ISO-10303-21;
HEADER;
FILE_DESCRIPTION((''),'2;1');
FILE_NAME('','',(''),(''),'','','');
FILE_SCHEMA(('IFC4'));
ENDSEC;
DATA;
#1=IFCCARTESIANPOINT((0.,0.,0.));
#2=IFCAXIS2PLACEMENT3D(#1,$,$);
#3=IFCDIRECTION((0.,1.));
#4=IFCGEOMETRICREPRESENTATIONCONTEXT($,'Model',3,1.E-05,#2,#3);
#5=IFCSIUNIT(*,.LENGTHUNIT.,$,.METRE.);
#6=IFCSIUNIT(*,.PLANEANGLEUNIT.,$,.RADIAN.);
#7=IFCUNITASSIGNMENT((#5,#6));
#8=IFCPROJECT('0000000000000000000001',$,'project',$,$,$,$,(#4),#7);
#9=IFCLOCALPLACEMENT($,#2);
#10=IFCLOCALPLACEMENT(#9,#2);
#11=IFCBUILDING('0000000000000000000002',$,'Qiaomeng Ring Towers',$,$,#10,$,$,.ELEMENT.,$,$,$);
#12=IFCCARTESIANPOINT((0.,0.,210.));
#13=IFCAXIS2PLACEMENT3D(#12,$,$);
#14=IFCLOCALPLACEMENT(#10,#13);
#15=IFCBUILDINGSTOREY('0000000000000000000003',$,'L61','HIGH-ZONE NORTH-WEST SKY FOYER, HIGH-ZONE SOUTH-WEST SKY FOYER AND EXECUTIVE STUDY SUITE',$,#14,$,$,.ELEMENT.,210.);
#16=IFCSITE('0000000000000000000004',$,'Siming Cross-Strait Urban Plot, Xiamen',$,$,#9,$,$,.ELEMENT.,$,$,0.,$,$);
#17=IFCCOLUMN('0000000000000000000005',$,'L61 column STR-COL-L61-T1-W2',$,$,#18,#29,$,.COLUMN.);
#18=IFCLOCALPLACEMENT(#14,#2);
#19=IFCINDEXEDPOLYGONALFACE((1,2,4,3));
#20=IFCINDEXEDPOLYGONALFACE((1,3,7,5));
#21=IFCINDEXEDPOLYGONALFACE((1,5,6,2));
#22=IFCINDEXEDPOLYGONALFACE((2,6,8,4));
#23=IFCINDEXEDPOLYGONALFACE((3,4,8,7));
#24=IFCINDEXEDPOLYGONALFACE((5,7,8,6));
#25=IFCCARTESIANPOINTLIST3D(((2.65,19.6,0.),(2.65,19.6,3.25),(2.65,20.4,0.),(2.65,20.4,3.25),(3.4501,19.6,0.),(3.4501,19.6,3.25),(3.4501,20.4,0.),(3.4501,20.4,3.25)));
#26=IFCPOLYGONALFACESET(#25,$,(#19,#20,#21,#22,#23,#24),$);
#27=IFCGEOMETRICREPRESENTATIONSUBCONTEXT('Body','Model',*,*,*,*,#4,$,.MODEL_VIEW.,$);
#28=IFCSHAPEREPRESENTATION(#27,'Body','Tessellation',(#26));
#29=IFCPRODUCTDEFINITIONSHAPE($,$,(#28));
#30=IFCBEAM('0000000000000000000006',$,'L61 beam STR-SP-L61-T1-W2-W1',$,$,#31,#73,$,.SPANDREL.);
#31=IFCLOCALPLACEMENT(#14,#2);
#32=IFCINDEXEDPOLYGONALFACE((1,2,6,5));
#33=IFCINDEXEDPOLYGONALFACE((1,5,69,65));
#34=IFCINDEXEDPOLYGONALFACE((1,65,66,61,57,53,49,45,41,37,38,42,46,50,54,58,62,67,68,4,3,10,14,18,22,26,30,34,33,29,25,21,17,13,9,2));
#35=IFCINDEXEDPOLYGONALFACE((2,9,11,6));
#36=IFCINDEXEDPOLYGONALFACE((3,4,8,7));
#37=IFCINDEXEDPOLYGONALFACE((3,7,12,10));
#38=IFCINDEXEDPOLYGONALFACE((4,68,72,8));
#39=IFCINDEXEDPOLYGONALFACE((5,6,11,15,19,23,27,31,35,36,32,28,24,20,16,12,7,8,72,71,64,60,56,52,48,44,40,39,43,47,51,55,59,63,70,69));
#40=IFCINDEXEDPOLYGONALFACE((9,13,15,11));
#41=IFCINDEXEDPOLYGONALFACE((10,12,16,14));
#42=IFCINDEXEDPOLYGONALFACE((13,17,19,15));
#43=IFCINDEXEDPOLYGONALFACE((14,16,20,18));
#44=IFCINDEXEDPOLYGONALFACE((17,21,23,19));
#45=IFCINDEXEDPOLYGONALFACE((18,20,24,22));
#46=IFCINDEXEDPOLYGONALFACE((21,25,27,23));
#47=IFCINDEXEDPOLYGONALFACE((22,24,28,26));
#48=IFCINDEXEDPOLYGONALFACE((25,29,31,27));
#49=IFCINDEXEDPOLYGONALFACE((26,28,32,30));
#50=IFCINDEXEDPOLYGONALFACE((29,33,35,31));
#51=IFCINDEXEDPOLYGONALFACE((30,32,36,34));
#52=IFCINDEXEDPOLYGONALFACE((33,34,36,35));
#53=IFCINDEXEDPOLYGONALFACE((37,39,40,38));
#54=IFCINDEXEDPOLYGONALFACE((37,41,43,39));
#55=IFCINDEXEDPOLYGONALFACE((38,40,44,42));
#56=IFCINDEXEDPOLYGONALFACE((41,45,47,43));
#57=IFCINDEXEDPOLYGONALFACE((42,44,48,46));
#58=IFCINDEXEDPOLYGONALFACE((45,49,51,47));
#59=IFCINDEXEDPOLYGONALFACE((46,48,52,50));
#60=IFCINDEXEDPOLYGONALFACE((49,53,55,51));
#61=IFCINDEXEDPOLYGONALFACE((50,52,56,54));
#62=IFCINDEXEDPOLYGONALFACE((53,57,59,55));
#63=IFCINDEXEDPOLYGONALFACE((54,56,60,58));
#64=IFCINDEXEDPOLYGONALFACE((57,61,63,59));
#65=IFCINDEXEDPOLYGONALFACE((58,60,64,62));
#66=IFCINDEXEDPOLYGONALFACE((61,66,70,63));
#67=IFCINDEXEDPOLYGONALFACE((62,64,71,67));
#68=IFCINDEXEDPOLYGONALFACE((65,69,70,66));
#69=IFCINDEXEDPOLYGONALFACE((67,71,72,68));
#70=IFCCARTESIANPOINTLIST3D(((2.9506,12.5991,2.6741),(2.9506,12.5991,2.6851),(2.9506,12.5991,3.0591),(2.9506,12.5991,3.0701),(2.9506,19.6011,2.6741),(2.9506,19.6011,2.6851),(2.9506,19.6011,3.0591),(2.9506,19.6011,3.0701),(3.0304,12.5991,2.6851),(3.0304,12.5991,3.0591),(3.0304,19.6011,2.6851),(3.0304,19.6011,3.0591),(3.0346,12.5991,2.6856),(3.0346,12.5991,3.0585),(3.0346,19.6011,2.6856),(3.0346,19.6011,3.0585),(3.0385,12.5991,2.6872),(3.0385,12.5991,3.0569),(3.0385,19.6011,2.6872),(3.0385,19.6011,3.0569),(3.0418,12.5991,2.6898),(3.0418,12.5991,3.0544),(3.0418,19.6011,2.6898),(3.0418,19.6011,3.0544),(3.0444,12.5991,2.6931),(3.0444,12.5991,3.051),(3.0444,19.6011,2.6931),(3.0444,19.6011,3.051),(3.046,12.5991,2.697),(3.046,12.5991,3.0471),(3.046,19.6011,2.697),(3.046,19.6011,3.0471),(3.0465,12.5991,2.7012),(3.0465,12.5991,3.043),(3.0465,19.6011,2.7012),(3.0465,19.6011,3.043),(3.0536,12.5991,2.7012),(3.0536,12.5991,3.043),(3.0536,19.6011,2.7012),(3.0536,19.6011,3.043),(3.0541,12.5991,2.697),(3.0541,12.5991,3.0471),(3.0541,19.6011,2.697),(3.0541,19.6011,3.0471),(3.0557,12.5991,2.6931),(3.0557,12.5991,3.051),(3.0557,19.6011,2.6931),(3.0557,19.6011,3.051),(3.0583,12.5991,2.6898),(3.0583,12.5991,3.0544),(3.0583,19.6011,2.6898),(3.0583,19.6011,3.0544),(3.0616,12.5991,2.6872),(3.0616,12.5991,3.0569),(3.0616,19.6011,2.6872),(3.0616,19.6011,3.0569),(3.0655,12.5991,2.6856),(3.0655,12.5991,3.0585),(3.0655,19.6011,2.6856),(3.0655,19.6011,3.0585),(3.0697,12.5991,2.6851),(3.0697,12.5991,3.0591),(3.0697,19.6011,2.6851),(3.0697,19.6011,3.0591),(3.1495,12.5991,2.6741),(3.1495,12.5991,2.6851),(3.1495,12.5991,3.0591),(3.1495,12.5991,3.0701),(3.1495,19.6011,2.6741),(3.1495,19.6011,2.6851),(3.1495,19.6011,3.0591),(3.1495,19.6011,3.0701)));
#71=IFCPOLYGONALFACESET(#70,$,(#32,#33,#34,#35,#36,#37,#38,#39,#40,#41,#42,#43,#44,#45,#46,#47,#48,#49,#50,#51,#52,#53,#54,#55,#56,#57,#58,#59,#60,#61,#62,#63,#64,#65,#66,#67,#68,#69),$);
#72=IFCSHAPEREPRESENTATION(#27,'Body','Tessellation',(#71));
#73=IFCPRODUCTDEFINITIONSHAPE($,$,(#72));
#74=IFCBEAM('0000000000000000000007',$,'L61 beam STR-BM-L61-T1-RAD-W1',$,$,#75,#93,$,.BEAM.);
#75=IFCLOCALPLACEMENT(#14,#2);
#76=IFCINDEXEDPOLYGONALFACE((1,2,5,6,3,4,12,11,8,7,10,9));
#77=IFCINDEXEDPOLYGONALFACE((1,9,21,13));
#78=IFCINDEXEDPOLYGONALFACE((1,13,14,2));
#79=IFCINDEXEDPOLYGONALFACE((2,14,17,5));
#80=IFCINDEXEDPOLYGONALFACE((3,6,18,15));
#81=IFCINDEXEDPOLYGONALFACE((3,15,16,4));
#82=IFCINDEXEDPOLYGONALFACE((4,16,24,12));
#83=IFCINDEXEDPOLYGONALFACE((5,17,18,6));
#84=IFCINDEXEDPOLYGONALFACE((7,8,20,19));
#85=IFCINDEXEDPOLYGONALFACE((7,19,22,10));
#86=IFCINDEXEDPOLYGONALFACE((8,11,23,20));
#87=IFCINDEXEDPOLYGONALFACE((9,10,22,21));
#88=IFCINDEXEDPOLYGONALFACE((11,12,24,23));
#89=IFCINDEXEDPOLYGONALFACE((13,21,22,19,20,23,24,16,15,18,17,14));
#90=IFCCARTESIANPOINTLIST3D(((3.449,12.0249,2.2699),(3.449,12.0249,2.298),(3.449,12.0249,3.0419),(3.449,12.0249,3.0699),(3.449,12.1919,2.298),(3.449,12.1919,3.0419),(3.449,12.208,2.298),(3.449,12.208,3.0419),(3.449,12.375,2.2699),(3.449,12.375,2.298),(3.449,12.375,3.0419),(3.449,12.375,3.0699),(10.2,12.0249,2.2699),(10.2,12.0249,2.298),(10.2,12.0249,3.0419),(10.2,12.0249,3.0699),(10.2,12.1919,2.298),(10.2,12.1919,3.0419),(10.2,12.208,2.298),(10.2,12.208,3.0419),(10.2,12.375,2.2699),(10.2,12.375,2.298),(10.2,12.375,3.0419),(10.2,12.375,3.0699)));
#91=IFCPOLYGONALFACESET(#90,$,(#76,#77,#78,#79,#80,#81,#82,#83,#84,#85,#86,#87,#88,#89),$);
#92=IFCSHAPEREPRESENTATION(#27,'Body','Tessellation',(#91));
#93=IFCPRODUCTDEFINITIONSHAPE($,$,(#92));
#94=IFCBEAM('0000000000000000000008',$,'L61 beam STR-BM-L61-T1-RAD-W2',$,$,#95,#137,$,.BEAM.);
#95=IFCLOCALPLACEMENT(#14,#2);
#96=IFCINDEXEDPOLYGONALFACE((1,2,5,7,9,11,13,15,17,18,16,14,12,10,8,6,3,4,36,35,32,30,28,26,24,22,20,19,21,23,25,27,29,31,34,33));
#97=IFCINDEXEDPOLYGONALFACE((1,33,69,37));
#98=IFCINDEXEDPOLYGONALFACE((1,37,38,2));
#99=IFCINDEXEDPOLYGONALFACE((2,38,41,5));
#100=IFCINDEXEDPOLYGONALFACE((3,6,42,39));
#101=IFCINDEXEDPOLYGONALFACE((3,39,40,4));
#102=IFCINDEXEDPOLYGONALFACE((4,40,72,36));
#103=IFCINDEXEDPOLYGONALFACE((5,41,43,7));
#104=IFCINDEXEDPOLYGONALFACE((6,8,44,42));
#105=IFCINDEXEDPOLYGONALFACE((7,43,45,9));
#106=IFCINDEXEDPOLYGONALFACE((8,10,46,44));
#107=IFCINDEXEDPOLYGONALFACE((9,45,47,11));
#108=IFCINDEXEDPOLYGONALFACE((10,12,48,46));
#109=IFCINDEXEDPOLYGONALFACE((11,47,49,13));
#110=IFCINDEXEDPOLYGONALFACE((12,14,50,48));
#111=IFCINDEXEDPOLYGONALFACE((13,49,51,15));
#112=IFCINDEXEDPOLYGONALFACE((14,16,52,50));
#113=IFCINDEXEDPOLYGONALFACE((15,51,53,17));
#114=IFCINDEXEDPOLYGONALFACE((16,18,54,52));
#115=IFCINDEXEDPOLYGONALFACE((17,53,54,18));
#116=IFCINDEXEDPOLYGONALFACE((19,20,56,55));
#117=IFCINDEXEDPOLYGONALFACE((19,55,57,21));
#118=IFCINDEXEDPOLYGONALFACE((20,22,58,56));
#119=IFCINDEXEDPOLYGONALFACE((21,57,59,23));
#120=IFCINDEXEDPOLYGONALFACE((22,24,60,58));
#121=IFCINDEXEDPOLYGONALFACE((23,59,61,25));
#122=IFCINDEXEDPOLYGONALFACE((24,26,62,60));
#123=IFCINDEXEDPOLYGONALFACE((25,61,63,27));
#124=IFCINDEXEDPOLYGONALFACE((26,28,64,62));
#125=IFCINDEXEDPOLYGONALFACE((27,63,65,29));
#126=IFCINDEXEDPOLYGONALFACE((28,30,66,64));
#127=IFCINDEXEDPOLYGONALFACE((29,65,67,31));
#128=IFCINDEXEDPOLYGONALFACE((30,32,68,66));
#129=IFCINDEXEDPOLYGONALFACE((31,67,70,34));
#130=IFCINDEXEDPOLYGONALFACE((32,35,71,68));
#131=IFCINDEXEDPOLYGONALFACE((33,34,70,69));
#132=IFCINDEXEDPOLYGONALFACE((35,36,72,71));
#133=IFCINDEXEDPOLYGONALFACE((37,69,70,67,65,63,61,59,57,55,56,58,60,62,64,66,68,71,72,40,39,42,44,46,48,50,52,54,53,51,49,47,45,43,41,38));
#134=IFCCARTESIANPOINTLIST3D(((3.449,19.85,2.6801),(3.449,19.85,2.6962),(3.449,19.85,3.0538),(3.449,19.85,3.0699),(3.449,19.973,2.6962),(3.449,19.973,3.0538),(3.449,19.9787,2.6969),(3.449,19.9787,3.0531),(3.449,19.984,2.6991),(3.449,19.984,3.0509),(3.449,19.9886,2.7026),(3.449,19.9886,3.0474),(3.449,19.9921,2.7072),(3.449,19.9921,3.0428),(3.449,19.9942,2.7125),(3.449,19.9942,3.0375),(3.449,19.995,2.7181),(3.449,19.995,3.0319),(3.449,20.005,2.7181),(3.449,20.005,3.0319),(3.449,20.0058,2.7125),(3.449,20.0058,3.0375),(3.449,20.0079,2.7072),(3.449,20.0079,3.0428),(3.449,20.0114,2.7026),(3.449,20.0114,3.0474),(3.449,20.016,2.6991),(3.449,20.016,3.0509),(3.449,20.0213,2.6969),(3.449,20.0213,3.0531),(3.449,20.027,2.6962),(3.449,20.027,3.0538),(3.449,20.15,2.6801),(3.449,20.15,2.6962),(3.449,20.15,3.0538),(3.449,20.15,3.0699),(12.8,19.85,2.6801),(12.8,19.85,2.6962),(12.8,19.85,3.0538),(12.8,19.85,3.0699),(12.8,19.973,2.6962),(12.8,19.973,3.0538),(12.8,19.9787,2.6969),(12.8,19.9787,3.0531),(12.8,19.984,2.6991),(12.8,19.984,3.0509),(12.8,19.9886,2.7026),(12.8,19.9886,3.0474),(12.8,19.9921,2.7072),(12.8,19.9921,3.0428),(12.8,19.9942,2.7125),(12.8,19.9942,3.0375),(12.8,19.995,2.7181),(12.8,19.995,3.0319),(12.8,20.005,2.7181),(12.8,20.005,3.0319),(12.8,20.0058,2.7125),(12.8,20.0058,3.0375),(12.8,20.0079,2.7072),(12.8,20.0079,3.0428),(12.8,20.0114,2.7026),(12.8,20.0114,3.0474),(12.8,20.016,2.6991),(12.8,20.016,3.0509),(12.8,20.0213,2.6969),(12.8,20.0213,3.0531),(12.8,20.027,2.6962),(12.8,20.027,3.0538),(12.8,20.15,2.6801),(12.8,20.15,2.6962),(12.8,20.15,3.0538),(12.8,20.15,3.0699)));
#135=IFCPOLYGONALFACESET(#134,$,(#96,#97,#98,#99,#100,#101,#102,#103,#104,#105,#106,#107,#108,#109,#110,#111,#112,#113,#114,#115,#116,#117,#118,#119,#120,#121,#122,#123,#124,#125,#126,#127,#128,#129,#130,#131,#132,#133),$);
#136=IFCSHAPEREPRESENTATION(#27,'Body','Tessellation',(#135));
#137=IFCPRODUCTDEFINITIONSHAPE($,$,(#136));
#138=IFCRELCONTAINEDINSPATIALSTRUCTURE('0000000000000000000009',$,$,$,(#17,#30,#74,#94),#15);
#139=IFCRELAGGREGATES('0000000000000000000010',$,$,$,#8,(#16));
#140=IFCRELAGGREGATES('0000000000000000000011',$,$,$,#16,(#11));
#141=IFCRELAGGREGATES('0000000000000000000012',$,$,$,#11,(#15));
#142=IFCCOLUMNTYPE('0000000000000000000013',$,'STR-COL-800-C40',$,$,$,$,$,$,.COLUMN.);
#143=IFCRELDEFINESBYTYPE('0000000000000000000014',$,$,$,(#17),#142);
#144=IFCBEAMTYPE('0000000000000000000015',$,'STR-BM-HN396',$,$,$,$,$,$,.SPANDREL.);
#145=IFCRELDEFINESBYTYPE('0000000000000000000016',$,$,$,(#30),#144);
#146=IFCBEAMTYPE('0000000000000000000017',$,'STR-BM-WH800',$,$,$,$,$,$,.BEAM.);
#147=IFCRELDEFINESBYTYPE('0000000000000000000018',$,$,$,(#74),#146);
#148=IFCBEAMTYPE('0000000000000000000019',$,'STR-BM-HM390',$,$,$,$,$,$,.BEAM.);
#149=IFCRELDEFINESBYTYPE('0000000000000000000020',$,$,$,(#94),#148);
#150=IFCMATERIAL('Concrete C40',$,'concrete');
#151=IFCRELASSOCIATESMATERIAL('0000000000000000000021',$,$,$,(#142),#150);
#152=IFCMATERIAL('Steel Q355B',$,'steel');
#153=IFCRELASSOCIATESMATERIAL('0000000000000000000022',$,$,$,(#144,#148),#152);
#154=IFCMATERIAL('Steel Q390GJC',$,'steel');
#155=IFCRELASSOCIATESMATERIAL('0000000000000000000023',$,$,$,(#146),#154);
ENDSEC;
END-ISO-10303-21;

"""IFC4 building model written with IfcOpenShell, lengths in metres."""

from ifc_helpers import new_model, si_unit, direction, frame, origin, origin_2d, place, context, subcontext, project, spatial, rectangle, i_section, extrude, source, transform, mapped, material, material_profile, profile_set, type_object, element, save


model = new_model("IFC4")

# Units and contexts
model_context = context("Model", 3, precision=1e-05, world=origin(), true_north=direction((0.0, 1.0)))
body_context = subcontext(model_context, "Body", "Model", "MODEL_VIEW")
ifc_project = project(units=[si_unit("LENGTHUNIT", "METRE"), si_unit("PLANEANGLEUNIT", "RADIAN")], contexts=[model_context])

# Site, building, storey
site_placement = place(None, origin())
site = spatial("IfcSite", under=ifc_project, at=site_placement, Name="Siming Cross-Strait Urban Plot, Xiamen", CompositionType="ELEMENT", RefElevation=0.0)
building_placement = place(site_placement, origin())
building = spatial("IfcBuilding", under=site, at=building_placement, Name="Qiaomeng Ring Towers", CompositionType="ELEMENT")
storey_placement = place(building_placement, frame((0.0, 0.0, 210.0)))
storey = spatial("IfcBuildingStorey", under=building, at=storey_placement, Name="L61", Description="HIGH-ZONE NORTH-WEST SKY FOYER, HIGH-ZONE SOUTH-WEST SKY FOYER AND EXECUTIVE STUDY SUITE", CompositionType="ELEMENT", Elevation=210.0)

# Column
ifc_material_1 = material(Name="Concrete C40", Category="concrete")
ifc_material_profile_1 = material_profile(ifc_material_1, rectangle(XDim=0.8, YDim=0.8, at=origin_2d()), Name="RC COL 800x800")
ifc_profile_set_1 = profile_set([ifc_material_profile_1], Name="Concrete C40")
column_type = type_object("IfcColumnType", Name="STR-COL-800-C40", PredefinedType="COLUMN", material=ifc_profile_set_1)
shared_shape_1 = source(origin(), body_context, "Body", "SweptSolid", [
    extrude(rectangle(XDim=0.8, YDim=0.8, at=origin_2d()), origin(), (0.0, 0.0, 1.0), 3.25),
])
column_placement = place(storey_placement, frame((3.05, 20.0, 0.0), z_axis=(0.0, 0.0, 1.0), x_axis=(1.0, 0.0, 0.0)))
element("IfcColumn", 1, at=column_placement, inside=storey, type_object=column_type, Name="L61 column STR-COL-L61-T1-W2", PredefinedType="COLUMN", context=body_context, shape_type="MappedRepresentation", body=[
    mapped(shared_shape_1, transform((0.0, 0.0, 0.0), x_axis=(1.0, 0.0, 0.0), y_axis=(0.0, 1.0, 0.0), z_axis=(0.0, 0.0, 1.0), scale=1.0)),
])

# Beams
ifc_material_2 = material(Name="Steel Q355B", Category="steel")
ifc_material_profile_2 = material_profile(ifc_material_2, i_section(OverallWidth=0.199, OverallDepth=0.396, WebThickness=0.0071, FlangeThickness=0.011, FilletRadius=0.0161, at=origin_2d()), Name="HN 396x199x7x11")
ifc_profile_set_2 = profile_set([ifc_material_profile_2], Name="Steel Q355B")
beam_type_1 = type_object("IfcBeamType", Name="STR-BM-HN396", PredefinedType="SPANDREL", material=ifc_profile_set_2)
shared_shape_2 = source(origin(), body_context, "Body", "SweptSolid", [
    extrude(i_section(OverallWidth=0.199, OverallDepth=0.396, WebThickness=0.0071, FlangeThickness=0.011, FilletRadius=0.0161, at=origin_2d()), origin(), (0.0, 0.0, 1.0), 7.002),
])
beam_1_placement = place(storey_placement, frame((3.05, 19.6011, 2.8721), z_axis=(0.0, -1.0, 0.0), x_axis=(1.0, 0.0, 0.0)))
element("IfcBeam", 2, at=beam_1_placement, inside=storey, type_object=beam_type_1, Name="L61 beam STR-SP-L61-T1-W2-W1", PredefinedType="SPANDREL", context=body_context, shape_type="MappedRepresentation", body=[
    mapped(shared_shape_2, transform((0.0, 0.0, 0.0), x_axis=(1.0, 0.0, 0.0), y_axis=(0.0, 1.0, 0.0), z_axis=(0.0, 0.0, 1.0), scale=1.0)),
])
ifc_material_3 = material(Name="Steel Q390GJC", Category="steel")
ifc_material_profile_3 = material_profile(ifc_material_3, i_section(OverallWidth=0.3501, OverallDepth=0.8, WebThickness=0.0161, FlangeThickness=0.0281, at=origin_2d()), Name="WH 800x350x16x28")
ifc_profile_set_3 = profile_set([ifc_material_profile_3], Name="Steel Q390GJC")
beam_type_2 = type_object("IfcBeamType", Name="STR-BM-WH800", PredefinedType="BEAM", material=ifc_profile_set_3)
shared_shape_3 = source(origin(), body_context, "Body", "SweptSolid", [
    extrude(i_section(OverallWidth=0.3501, OverallDepth=0.8, WebThickness=0.0161, FlangeThickness=0.0281, at=origin_2d()), origin(), (0.0, 0.0, 1.0), 6.751),
])
beam_2_placement = place(storey_placement, frame((3.449, 12.2, 2.6699), z_axis=(1.0, 0.0, 0.0), x_axis=(0.0, 1.0, 0.0)))
element("IfcBeam", 3, at=beam_2_placement, inside=storey, type_object=beam_type_2, Name="L61 beam STR-BM-L61-T1-RAD-W1", PredefinedType="BEAM", context=body_context, shape_type="MappedRepresentation", body=[
    mapped(shared_shape_3, transform((0.0, 0.0, 0.0), x_axis=(1.0, 0.0, 0.0), y_axis=(0.0, 1.0, 0.0), z_axis=(0.0, 0.0, 1.0), scale=1.0)),
])
ifc_material_profile_4 = material_profile(ifc_material_2, i_section(OverallWidth=0.3, OverallDepth=0.3899, WebThickness=0.01, FlangeThickness=0.0161, FilletRadius=0.022, at=origin_2d()), Name="HM 390x300x10x16")
ifc_profile_set_4 = profile_set([ifc_material_profile_4], Name="Steel Q355B")
beam_type_3 = type_object("IfcBeamType", Name="STR-BM-HM390", PredefinedType="BEAM", material=ifc_profile_set_4)
shared_shape_4 = source(origin(), body_context, "Body", "SweptSolid", [
    extrude(i_section(OverallWidth=0.3, OverallDepth=0.3899, WebThickness=0.01, FlangeThickness=0.0161, FilletRadius=0.022, at=origin_2d()), origin(), (0.0, 0.0, 1.0), 9.3511),
])
beam_3_placement = place(storey_placement, frame((3.449, 20.0, 2.875), z_axis=(1.0, 0.0, 0.0), x_axis=(0.0, 1.0, 0.0)))
element("IfcBeam", 4, at=beam_3_placement, inside=storey, type_object=beam_type_3, Name="L61 beam STR-BM-L61-T1-RAD-W2", PredefinedType="BEAM", context=body_context, shape_type="MappedRepresentation", body=[
    mapped(shared_shape_4, transform((0.0, 0.0, 0.0), x_axis=(1.0, 0.0, 0.0), y_axis=(0.0, 1.0, 0.0), z_axis=(0.0, 0.0, 1.0), scale=1.0)),
])

save(model, "model.ifc")
